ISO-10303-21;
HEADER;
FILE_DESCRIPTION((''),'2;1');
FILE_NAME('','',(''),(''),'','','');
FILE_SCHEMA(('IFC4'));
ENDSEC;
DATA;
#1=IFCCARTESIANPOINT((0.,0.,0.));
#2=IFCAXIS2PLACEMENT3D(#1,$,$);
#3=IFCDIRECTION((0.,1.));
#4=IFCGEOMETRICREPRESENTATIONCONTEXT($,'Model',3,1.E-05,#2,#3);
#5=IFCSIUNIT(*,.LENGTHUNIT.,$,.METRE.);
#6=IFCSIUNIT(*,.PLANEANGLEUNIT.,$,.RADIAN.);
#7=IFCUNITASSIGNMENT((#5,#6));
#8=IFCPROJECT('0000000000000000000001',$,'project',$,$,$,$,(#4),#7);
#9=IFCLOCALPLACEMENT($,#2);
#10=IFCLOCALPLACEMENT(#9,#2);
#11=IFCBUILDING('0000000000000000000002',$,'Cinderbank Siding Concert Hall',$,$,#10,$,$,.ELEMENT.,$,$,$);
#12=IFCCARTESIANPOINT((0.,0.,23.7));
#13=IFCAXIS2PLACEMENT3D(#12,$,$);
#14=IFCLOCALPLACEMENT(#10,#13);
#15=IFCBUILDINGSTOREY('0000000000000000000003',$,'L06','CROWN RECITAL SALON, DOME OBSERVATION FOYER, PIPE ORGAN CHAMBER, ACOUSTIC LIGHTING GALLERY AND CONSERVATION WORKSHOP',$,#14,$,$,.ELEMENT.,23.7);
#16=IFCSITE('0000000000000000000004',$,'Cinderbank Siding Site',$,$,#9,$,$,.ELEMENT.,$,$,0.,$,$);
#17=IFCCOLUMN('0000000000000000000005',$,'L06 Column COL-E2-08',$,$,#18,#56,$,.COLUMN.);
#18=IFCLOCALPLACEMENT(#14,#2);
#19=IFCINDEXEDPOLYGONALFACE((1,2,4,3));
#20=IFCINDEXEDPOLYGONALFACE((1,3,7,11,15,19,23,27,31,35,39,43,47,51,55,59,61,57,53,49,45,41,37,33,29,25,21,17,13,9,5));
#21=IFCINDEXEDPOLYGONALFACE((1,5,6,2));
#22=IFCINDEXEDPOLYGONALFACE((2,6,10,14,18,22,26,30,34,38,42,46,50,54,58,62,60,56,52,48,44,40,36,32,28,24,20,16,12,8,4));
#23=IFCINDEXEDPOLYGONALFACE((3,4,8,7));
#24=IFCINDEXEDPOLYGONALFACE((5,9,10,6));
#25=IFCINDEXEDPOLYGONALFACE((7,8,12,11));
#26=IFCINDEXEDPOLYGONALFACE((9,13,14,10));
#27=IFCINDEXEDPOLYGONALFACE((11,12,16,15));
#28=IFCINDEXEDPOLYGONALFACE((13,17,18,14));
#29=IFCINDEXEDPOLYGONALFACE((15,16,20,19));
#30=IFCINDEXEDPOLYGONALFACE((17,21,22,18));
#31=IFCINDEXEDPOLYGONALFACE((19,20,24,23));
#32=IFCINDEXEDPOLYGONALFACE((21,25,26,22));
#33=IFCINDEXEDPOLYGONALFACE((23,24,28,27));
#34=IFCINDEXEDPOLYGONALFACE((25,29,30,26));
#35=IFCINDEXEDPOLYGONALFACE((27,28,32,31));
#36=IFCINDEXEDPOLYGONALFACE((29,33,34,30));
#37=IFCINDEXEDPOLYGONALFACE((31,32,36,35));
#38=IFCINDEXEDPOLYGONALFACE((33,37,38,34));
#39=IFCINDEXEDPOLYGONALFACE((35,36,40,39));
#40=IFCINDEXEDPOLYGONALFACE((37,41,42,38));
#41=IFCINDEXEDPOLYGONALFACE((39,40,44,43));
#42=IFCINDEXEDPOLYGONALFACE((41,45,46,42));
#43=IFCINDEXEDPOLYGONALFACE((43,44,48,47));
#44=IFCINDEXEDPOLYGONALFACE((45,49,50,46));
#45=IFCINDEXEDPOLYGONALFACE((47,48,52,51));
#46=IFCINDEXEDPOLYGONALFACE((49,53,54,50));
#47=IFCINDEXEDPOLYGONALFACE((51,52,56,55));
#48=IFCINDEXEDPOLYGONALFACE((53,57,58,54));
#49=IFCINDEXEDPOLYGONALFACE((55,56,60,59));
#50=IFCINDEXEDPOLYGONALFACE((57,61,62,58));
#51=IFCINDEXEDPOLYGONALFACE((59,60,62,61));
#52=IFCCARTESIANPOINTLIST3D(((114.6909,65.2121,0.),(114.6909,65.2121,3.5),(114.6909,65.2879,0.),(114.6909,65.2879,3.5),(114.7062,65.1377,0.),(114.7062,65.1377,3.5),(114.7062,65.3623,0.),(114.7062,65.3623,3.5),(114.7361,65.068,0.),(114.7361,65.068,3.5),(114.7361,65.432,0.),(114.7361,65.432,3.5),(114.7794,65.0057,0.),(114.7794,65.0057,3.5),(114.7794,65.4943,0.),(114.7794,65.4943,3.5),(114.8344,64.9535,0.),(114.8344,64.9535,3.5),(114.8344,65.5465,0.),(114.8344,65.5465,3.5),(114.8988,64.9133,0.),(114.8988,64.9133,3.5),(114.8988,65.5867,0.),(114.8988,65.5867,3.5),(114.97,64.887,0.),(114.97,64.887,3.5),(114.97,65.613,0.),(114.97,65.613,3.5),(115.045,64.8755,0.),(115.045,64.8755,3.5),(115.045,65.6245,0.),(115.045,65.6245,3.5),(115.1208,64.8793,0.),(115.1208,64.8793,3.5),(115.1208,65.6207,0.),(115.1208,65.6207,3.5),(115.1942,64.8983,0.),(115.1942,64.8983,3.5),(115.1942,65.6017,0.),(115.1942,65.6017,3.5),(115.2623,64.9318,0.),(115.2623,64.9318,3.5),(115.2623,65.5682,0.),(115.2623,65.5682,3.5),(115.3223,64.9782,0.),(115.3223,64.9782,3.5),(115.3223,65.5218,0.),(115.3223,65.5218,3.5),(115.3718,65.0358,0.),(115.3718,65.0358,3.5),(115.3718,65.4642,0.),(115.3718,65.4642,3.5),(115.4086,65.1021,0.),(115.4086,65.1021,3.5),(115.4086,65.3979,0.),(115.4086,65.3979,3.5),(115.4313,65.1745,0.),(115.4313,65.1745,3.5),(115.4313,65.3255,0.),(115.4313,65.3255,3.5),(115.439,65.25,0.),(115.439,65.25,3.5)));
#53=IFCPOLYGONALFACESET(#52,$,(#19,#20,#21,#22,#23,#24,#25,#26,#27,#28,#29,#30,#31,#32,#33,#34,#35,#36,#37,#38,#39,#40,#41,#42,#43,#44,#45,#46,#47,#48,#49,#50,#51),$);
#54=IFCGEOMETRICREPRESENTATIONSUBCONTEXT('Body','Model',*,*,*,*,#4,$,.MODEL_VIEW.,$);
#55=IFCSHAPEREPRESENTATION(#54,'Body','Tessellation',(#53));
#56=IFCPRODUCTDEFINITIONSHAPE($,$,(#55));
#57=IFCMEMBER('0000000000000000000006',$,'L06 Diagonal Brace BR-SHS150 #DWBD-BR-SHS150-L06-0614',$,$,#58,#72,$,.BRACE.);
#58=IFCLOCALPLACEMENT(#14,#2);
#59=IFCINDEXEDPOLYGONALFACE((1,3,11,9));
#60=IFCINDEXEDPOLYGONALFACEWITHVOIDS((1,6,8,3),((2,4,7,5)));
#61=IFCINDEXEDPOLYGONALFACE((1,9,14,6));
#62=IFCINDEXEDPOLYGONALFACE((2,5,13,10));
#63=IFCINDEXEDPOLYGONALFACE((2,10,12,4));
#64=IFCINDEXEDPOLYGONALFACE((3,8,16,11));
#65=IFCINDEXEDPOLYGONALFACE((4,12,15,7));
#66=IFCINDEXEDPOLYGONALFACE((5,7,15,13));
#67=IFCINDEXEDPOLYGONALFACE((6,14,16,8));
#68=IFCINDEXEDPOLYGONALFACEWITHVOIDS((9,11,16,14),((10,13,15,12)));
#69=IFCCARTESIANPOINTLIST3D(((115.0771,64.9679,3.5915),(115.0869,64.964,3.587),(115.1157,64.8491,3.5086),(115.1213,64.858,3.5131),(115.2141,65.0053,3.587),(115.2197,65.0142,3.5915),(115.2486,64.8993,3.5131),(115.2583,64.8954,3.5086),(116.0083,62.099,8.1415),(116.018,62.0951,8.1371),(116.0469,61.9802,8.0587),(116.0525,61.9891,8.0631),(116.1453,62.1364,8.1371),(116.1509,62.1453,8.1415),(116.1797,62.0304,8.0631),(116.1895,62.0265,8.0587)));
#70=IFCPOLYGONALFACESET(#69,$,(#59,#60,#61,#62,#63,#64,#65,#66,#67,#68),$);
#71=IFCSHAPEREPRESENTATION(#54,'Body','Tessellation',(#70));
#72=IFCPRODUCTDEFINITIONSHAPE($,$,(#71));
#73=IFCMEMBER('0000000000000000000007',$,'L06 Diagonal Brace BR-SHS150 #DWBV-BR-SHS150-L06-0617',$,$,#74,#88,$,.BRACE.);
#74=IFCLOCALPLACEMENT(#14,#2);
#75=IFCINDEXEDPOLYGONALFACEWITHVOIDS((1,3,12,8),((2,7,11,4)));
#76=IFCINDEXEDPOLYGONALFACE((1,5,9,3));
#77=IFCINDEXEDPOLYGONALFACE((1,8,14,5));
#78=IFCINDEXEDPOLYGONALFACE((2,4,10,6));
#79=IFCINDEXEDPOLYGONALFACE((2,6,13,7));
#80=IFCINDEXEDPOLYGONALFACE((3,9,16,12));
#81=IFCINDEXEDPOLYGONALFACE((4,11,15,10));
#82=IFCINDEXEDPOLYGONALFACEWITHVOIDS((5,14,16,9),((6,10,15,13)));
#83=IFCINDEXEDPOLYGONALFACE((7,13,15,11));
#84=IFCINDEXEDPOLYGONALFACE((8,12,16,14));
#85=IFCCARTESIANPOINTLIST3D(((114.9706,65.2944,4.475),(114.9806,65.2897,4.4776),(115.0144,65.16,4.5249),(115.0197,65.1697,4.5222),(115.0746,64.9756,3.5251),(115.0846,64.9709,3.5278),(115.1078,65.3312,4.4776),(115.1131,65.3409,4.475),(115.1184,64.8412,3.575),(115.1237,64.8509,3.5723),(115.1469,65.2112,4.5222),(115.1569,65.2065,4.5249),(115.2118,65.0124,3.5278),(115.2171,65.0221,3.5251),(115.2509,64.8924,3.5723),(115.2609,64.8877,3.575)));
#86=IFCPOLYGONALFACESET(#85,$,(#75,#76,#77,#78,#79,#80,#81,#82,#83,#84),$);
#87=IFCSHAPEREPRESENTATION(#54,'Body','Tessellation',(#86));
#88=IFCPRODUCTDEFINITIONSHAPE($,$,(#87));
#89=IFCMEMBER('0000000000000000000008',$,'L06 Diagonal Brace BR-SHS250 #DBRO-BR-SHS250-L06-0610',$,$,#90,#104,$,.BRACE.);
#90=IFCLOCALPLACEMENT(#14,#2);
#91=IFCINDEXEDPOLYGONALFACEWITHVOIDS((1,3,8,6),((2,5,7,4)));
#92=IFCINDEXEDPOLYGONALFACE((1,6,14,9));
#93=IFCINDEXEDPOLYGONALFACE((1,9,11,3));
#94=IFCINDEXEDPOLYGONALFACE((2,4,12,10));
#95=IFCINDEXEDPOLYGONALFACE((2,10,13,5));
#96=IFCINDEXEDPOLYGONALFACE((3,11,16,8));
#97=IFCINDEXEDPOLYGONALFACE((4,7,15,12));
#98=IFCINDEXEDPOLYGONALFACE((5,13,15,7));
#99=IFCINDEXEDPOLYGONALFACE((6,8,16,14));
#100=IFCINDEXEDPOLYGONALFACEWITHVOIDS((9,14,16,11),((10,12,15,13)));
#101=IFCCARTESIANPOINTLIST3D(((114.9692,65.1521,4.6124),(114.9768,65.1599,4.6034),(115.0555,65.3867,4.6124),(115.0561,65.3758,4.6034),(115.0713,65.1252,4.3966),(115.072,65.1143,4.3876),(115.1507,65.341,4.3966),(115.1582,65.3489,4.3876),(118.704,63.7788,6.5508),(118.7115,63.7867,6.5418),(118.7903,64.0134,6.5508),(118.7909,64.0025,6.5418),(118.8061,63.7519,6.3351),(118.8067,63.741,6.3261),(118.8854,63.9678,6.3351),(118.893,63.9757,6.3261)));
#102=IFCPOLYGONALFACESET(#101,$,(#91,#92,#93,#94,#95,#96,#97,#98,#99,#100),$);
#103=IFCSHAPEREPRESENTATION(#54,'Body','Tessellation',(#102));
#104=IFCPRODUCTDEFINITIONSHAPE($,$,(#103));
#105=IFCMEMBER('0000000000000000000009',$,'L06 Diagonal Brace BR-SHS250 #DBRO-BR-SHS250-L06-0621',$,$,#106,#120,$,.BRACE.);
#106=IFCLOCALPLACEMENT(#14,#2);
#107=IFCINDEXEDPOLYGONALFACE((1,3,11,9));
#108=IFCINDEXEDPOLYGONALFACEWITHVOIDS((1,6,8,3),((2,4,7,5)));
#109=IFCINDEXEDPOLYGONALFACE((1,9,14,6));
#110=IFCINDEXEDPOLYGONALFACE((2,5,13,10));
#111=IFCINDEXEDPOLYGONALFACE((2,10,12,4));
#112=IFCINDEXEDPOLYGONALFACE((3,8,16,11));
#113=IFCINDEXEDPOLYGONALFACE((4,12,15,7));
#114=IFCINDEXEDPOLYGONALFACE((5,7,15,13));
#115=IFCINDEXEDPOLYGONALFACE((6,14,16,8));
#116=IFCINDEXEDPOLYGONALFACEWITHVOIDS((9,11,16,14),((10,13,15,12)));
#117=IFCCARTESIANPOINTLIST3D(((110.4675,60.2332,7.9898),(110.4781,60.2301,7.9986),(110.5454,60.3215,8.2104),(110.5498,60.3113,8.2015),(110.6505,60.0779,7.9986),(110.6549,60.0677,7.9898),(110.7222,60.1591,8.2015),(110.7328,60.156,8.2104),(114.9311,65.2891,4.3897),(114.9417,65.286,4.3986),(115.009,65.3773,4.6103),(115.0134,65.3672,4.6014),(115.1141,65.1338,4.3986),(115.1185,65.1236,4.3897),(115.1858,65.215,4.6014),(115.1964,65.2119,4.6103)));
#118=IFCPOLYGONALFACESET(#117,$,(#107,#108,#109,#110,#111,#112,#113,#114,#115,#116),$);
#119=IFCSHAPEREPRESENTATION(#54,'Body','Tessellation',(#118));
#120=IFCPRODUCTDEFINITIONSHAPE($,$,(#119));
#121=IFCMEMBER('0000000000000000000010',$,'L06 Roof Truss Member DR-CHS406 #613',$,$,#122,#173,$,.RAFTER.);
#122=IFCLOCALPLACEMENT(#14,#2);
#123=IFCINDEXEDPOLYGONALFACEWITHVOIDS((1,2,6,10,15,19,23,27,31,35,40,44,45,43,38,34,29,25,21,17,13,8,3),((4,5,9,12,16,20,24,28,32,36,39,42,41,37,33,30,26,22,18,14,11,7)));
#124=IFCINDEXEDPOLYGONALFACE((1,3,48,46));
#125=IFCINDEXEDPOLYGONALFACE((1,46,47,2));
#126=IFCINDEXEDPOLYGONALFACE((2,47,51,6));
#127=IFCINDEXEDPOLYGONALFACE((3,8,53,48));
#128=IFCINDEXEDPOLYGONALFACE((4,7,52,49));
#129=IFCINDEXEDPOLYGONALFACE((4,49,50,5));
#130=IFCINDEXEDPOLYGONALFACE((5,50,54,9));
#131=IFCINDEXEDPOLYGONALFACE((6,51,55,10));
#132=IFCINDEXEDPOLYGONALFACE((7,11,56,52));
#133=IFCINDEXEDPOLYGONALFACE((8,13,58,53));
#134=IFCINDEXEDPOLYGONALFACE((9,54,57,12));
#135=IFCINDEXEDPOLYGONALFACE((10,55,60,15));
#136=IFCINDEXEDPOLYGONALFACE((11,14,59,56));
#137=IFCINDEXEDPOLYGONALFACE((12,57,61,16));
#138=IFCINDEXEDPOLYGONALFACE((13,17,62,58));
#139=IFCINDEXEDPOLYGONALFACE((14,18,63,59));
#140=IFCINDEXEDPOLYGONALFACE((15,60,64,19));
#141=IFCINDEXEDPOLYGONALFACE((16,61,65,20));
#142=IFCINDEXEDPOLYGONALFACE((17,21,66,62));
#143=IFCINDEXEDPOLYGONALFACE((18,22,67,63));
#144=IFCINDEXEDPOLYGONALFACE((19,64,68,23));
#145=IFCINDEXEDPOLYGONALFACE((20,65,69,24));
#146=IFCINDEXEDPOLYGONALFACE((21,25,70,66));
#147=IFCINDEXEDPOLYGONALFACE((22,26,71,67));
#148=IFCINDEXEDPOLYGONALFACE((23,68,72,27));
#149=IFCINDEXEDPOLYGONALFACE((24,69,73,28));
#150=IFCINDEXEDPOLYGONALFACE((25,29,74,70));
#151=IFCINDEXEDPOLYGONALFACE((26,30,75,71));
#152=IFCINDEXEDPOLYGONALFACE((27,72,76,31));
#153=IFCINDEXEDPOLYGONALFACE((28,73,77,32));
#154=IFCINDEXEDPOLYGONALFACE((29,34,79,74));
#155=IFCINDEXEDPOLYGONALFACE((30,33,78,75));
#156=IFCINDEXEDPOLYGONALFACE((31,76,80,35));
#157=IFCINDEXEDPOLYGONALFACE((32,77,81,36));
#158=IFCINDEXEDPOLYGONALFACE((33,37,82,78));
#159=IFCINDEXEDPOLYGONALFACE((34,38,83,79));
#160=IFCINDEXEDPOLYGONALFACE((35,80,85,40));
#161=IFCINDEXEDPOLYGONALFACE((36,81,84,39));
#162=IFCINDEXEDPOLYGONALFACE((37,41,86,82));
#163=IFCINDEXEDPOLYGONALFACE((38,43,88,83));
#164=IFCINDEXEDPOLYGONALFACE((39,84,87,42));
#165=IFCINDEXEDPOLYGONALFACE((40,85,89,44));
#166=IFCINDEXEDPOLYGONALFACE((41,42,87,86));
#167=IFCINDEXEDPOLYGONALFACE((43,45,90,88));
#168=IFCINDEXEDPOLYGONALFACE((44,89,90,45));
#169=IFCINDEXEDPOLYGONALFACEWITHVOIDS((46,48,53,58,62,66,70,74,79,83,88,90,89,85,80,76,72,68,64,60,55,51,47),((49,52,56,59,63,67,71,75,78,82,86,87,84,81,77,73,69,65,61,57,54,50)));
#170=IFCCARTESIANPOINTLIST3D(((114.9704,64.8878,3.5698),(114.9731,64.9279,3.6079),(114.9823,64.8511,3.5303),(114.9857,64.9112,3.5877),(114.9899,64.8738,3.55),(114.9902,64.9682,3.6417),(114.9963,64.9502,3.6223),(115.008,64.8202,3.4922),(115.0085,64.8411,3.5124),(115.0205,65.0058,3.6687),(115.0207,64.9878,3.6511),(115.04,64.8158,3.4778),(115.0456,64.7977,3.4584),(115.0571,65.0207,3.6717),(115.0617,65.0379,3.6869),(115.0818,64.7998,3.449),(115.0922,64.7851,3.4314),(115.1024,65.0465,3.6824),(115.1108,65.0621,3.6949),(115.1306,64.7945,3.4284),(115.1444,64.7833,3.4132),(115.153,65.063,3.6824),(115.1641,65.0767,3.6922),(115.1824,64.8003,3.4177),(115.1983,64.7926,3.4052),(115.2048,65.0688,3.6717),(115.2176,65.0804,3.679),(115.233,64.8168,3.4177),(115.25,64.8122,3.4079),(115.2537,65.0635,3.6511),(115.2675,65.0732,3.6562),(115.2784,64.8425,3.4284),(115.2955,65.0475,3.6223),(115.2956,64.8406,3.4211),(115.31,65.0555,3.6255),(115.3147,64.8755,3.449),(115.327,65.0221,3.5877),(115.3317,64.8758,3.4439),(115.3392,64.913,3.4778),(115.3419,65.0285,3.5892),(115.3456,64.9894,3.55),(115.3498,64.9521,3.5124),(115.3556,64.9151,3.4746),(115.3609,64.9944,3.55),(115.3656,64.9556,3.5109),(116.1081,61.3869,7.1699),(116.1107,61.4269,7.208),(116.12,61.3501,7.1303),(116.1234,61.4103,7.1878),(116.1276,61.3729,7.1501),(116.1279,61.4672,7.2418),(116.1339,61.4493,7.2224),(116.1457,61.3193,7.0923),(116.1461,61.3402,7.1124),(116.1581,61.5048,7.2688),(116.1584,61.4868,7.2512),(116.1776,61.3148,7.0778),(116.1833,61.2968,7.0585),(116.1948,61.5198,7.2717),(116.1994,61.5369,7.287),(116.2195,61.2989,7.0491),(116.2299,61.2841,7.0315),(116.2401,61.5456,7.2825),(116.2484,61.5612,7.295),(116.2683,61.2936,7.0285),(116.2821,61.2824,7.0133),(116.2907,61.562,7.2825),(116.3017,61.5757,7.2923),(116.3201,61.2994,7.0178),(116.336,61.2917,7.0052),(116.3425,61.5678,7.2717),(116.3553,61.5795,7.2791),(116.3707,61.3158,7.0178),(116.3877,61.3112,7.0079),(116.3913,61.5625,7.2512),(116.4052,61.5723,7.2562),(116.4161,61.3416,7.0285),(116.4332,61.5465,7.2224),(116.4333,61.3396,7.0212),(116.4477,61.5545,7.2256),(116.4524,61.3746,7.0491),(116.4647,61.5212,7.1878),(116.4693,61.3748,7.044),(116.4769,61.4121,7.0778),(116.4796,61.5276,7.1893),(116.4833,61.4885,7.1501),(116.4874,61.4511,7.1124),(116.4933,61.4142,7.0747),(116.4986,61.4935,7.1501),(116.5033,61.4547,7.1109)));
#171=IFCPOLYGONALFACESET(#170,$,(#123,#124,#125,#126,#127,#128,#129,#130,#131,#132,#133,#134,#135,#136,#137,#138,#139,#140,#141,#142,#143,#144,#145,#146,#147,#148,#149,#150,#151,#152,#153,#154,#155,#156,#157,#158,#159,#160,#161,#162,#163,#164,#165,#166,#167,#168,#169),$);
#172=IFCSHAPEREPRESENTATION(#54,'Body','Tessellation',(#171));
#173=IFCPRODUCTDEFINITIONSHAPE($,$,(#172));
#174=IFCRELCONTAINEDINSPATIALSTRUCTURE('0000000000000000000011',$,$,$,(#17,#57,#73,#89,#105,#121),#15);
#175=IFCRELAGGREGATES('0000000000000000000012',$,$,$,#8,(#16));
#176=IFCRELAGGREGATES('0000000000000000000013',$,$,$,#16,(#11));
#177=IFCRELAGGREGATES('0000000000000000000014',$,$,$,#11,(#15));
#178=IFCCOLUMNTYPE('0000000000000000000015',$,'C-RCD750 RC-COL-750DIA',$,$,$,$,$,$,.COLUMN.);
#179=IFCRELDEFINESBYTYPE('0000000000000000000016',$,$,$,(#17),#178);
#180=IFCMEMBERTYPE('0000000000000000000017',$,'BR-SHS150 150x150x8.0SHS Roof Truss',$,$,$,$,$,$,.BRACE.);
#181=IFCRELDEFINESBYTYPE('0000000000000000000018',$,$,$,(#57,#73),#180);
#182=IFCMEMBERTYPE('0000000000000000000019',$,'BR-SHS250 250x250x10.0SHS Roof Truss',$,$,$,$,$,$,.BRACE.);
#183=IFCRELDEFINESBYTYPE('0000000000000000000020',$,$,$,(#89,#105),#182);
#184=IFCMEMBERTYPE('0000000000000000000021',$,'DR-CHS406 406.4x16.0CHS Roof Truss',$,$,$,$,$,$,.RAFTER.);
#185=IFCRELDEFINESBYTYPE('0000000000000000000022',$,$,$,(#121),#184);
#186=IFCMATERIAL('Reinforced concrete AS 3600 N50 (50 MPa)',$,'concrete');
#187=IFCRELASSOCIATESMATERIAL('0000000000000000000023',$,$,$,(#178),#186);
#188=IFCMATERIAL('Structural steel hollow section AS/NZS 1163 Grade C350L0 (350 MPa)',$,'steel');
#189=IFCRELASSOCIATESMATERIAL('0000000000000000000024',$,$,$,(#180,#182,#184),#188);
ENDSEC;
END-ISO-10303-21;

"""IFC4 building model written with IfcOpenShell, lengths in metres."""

from ifc_helpers import new_model, si_unit, direction, frame, origin, origin_2d, place, context, subcontext, project, spatial, hollow_rectangle, circle, hollow_circle, extrude, material, material_profile, profile_set, type_object, element, save


model = new_model("IFC4")

# Units and contexts
model_context = context("Model", 3, precision=1e-05, world=origin(), true_north=direction((0.0, 1.0)))
body_context = subcontext(model_context, "Body", "Model", "MODEL_VIEW")
ifc_project = project(units=[si_unit("LENGTHUNIT", "METRE"), si_unit("PLANEANGLEUNIT", "RADIAN")], contexts=[model_context])

# Site, building, storey
site_placement = place(None, origin())
site = spatial("IfcSite", under=ifc_project, at=site_placement, Name="Cinderbank Siding Site", CompositionType="ELEMENT", RefElevation=0.0)
building_placement = place(site_placement, origin())
building = spatial("IfcBuilding", under=site, at=building_placement, Name="Cinderbank Siding Concert Hall", CompositionType="ELEMENT")
storey_placement = place(building_placement, frame((0.0, 0.0, 23.7)))
storey = spatial("IfcBuildingStorey", under=building, at=storey_placement, Name="L06", Description="CROWN RECITAL SALON, DOME OBSERVATION FOYER, PIPE ORGAN CHAMBER, ACOUSTIC LIGHTING GALLERY AND CONSERVATION WORKSHOP", CompositionType="ELEMENT", Elevation=23.7)

# Column
ifc_material_1 = material(Name="Reinforced concrete AS 3600 N50 (50 MPa)", Category="concrete")
ifc_material_profile_1 = material_profile(ifc_material_1, circle(Radius=0.375, at=origin_2d()), Name="RC-COL-750DIA", Category="LoadBearing")
ifc_profile_set_1 = profile_set([ifc_material_profile_1], Name="Reinforced concrete AS 3600 N50 (50 MPa)")
column_type = type_object("IfcColumnType", Name="C-RCD750 RC-COL-750DIA", PredefinedType="COLUMN", material=ifc_profile_set_1)
column_placement = place(storey_placement, frame((115.064, 65.25, 0.0), z_axis=(0.0, 0.0, 1.0), x_axis=(1.0, 0.0, 0.0)))
element("IfcColumn", 1, at=column_placement, inside=storey, type_object=column_type, Name="L06 Column COL-E2-08", PredefinedType="COLUMN", context=body_context, shape_type="SweptSolid", body=[
    extrude(circle(Radius=0.375, at=origin_2d()), origin(), (0.0, 0.0, 1.0), 3.5),
])

# Members
ifc_material_2 = material(Name="Structural steel hollow section AS/NZS 1163 Grade C350L0 (350 MPa)", Category="steel")
ifc_material_profile_2 = material_profile(ifc_material_2, hollow_rectangle(XDim=0.1499, YDim=0.1499, WallThickness=0.0081, at=origin_2d()), Name="150x150x8.0SHS", Category="LoadBearing")
ifc_profile_set_2 = profile_set([ifc_material_profile_2], Name="Structural steel hollow section AS/NZS 1163 Grade C350L0 (350 MPa)")
member_type_1 = type_object("IfcMemberType", Name="BR-SHS150 150x150x8.0SHS Roof Truss", PredefinedType="BRACE", material=ifc_profile_set_2)
member_1_placement = place(storey_placement, frame((115.1677, 64.9316, 3.55), z_axis=(0.170572, -0.525536, 0.833497), x_axis=(0.951155, 0.308715, 0.0)))
element("IfcMember", 2, at=member_1_placement, inside=storey, type_object=member_type_1, Name="L06 Diagonal Brace BR-SHS150 #DWBD-BR-SHS150-L06-0614", PredefinedType="BRACE", context=body_context, shape_type="SweptSolid", body=[
    extrude(hollow_rectangle(XDim=0.1499, YDim=0.1499, WallThickness=0.0081, at=origin_2d()), origin(), (0.0, 0.0, 1.0), 5.459),
])
member_2_placement = place(storey_placement, frame((115.1677, 64.9316, 3.55), z_axis=(-0.103238, 0.3165, 0.942958), x_axis=(-0.950702, -0.310106, 0.0)))
element("IfcMember", 3, at=member_2_placement, inside=storey, type_object=member_type_1, Name="L06 Diagonal Brace BR-SHS150 #DWBV-BR-SHS150-L06-0617", PredefinedType="BRACE", context=body_context, shape_type="SweptSolid", body=[
    extrude(hollow_rectangle(XDim=0.1499, YDim=0.1499, WallThickness=0.0081, at=origin_2d()), origin(), (0.0, 0.0, 1.0), 1.0073),
])
ifc_material_profile_3 = material_profile(ifc_material_2, hollow_rectangle(XDim=0.25, YDim=0.25, WallThickness=0.01, at=origin_2d()), Name="250x250x10.0SHS", Category="LoadBearing")
ifc_profile_set_3 = profile_set([ifc_material_profile_3], Name="Structural steel hollow section AS/NZS 1163 Grade C350L0 (350 MPa)")
member_type_2 = type_object("IfcMemberType", Name="BR-SHS250 250x250x10.0SHS Roof Truss", PredefinedType="BRACE", material=ifc_profile_set_3)
member_3_placement = place(storey_placement, frame((115.0637, 65.2505, 4.5), z_axis=(0.843774, -0.310252, 0.437937), x_axis=(0.345105, 0.938564, 0.0)))
element("IfcMember", 4, at=member_3_placement, inside=storey, type_object=member_type_2, Name="L06 Diagonal Brace BR-SHS250 #DBRO-BR-SHS250-L06-0610", PredefinedType="BRACE", context=body_context, shape_type="SweptSolid", body=[
    extrude(hollow_rectangle(XDim=0.25, YDim=0.25, WallThickness=0.01, at=origin_2d()), origin(), (0.0, 0.0, 1.0), 4.4263),
])
member_4_placement = place(storey_placement, frame((115.0637, 65.2505, 4.5), z_axis=(-0.583858, -0.661331, 0.470905), x_axis=(0.749652, -0.661832, 0.0)))
element("IfcMember", 5, at=member_4_placement, inside=storey, type_object=member_type_2, Name="L06 Diagonal Brace BR-SHS250 #DBRO-BR-SHS250-L06-0621", PredefinedType="BRACE", context=body_context, shape_type="SweptSolid", body=[
    extrude(hollow_rectangle(XDim=0.25, YDim=0.25, WallThickness=0.01, at=origin_2d()), origin(), (0.0, 0.0, 1.0), 7.645),
])
ifc_material_profile_4 = material_profile(ifc_material_2, hollow_circle(Radius=0.2031, WallThickness=0.0161, at=origin_2d()), Name="406.4x16.0CHS", Category="LoadBearing")
ifc_profile_set_4 = profile_set([ifc_material_profile_4], Name="Structural steel hollow section AS/NZS 1163 Grade C350L0 (350 MPa)")
member_type_3 = type_object("IfcMemberType", Name="DR-CHS406 406.4x16.0CHS Roof Truss", PredefinedType="RAFTER", material=ifc_profile_set_4)
member_5_placement = place(storey_placement, frame((115.1677, 64.9316, 3.55), z_axis=(0.220956, -0.679937, 0.699188), x_axis=(0.951044, 0.309056, 0.0)))
element("IfcMember", 6, at=member_5_placement, inside=storey, type_object=member_type_3, Name="L06 Roof Truss Member DR-CHS406 #613", PredefinedType="RAFTER", context=body_context, shape_type="SweptSolid", body=[
    extrude(hollow_circle(Radius=0.2031, WallThickness=0.0161, at=origin_2d()), origin(), (0.0, 0.0, 1.0), 5.1489),
])

save(model, "model.ifc")
